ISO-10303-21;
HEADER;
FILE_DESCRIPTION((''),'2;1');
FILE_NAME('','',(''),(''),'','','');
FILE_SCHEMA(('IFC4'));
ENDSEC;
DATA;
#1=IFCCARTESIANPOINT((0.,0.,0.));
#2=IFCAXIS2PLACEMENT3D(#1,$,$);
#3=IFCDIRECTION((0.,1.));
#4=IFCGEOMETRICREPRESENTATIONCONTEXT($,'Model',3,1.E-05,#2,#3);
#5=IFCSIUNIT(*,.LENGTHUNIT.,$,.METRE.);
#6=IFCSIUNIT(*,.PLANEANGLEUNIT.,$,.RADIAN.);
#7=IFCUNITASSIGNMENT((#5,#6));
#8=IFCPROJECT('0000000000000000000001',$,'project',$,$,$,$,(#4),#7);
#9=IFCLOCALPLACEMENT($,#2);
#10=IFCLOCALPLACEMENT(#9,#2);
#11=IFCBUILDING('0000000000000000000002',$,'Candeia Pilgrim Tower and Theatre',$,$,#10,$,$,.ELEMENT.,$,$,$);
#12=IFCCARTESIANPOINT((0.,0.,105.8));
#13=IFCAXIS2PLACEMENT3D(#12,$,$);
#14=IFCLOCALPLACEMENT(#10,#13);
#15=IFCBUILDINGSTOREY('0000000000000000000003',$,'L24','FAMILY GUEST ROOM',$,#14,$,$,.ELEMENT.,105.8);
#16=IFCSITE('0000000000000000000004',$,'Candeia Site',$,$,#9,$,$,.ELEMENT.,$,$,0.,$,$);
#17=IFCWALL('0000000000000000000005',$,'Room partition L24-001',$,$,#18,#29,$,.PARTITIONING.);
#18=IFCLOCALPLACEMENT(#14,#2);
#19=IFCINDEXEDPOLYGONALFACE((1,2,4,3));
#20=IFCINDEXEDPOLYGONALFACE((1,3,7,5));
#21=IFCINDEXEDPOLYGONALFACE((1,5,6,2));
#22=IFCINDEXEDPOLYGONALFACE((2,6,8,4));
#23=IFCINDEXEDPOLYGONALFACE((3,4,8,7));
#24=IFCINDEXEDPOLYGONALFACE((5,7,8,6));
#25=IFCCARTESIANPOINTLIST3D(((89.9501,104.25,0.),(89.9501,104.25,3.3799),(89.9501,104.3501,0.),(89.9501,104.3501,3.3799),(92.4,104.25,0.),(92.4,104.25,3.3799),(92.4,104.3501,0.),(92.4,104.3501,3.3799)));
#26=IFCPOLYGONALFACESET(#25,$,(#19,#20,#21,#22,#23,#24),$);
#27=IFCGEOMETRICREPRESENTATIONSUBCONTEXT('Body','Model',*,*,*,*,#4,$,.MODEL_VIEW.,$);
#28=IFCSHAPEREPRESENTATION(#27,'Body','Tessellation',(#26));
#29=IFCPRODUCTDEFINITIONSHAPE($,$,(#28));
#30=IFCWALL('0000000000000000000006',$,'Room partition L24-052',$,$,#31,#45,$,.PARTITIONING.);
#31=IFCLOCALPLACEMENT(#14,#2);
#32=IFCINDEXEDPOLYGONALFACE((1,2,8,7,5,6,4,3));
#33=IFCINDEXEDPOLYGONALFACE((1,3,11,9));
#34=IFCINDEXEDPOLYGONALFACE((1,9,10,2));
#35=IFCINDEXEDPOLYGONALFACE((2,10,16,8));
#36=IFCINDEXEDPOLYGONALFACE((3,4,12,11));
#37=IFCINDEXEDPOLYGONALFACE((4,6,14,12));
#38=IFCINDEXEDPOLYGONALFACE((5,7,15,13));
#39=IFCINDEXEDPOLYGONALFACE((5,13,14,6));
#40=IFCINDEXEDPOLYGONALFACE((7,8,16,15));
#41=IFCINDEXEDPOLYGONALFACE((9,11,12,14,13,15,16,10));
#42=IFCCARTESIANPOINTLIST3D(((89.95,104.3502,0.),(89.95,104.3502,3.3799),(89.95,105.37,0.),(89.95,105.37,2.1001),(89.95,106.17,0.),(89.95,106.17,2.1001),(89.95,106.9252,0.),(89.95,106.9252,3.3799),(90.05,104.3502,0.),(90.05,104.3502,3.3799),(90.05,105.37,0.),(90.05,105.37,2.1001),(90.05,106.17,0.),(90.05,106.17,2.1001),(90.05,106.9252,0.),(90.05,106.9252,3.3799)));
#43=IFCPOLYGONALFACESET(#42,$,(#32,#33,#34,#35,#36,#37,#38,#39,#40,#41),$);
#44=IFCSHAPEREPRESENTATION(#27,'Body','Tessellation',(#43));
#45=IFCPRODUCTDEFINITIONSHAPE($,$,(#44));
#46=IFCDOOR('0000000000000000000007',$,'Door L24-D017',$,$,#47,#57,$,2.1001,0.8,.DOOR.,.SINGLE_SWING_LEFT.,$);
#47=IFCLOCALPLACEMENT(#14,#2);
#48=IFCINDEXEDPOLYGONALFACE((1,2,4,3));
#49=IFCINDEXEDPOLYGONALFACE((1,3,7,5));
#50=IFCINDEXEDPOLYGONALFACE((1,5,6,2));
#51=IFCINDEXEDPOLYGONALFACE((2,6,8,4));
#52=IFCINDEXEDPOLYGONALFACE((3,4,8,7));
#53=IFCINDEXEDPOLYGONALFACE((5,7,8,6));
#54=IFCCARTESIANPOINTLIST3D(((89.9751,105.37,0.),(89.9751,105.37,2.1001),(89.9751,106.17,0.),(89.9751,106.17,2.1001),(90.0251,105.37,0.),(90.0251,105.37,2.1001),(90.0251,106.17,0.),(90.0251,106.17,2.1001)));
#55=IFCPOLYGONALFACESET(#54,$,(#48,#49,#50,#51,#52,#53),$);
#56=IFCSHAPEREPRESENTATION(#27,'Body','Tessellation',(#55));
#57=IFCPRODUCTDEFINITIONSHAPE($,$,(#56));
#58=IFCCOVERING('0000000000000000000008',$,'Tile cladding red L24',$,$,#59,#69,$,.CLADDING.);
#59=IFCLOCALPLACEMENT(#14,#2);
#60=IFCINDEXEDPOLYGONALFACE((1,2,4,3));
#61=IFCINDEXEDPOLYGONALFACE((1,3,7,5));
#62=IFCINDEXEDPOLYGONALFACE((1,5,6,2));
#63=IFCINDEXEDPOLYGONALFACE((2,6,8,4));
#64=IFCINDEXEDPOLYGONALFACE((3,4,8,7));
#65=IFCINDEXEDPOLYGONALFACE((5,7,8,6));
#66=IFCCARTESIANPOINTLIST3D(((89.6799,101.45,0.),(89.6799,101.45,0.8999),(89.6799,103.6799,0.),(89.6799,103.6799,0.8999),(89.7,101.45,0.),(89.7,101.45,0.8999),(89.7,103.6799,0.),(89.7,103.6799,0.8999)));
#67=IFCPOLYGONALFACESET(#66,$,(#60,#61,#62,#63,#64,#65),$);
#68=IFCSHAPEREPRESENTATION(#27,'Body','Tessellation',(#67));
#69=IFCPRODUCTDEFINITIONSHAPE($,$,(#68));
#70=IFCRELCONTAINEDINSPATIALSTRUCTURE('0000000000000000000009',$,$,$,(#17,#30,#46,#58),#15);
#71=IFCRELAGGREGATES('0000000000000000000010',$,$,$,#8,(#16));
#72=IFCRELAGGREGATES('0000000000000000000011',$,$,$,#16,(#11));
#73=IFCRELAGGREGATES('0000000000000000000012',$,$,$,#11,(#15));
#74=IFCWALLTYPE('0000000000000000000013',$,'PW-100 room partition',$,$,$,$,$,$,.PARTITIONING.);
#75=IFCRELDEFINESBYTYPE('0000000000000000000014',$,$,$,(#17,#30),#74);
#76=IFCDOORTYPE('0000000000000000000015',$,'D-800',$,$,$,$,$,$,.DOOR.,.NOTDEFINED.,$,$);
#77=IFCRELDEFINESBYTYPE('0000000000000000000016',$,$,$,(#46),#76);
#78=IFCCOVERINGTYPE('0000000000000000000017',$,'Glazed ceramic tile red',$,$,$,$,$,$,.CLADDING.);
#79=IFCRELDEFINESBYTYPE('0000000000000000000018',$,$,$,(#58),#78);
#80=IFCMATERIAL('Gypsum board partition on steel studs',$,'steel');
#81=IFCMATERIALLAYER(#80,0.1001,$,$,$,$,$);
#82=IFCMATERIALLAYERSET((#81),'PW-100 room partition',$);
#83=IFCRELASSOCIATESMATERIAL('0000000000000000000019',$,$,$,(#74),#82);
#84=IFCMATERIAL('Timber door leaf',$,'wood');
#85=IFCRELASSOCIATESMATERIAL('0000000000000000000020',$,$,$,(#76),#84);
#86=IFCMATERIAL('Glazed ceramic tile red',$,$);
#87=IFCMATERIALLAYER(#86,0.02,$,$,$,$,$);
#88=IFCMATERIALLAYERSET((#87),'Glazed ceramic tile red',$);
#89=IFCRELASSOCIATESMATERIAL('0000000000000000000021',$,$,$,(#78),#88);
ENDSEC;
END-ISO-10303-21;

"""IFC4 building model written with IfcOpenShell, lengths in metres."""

from ifc_helpers import new_model, si_unit, direction, frame, frame_2d, origin, origin_2d, place, context, subcontext, project, spatial, rectangle, extrude, material, layer, layer_set, type_object, element, fill, save


model = new_model("IFC4")

# Units and contexts
model_context = context("Model", 3, precision=1e-05, world=origin(), true_north=direction((0.0, 1.0)))
body_context = subcontext(model_context, "Body", "Model", "MODEL_VIEW")
ifc_project = project(units=[si_unit("LENGTHUNIT", "METRE"), si_unit("PLANEANGLEUNIT", "RADIAN")], contexts=[model_context])

# Site, building, storey
site_placement = place(None, origin())
site = spatial("IfcSite", under=ifc_project, at=site_placement, Name="Candeia Site", CompositionType="ELEMENT", RefElevation=0.0)
building_placement = place(site_placement, origin())
building = spatial("IfcBuilding", under=site, at=building_placement, Name="Candeia Pilgrim Tower and Theatre", CompositionType="ELEMENT")
storey_placement = place(building_placement, frame((0.0, 0.0, 105.8)))
storey = spatial("IfcBuildingStorey", under=building, at=storey_placement, Name="L24", Description="FAMILY GUEST ROOM", CompositionType="ELEMENT", Elevation=105.8)

# Wall
ifc_material_1 = material(Name="Gypsum board partition on steel studs", Category="steel")
ifc_layer_1 = layer(ifc_material_1, 0.1001)
ifc_layer_set_1 = layer_set([ifc_layer_1], Name="PW-100 room partition")
wall_type_1 = type_object("IfcWallType", Name="PW-100 room partition", PredefinedType="PARTITIONING", material=ifc_layer_set_1)
wall_1_placement = place(storey_placement, frame((89.95, 104.3, 0.0), z_axis=(0.0, 0.0, 1.0), x_axis=(1.0, 0.0, 0.0)))
element("IfcWall", 1, at=wall_1_placement, inside=storey, type_object=wall_type_1, Name="Room partition L24-001", PredefinedType="PARTITIONING", context=body_context, shape_type="SweptSolid", body=[
    extrude(rectangle(XDim=2.45, YDim=0.1001, at=frame_2d((1.2251, 0.0))), origin(), (0.0, 0.0, 1.0), 3.3799),
])

# Wall, opening, door
wall_2_placement = place(storey_placement, frame((90.0, 104.3501, 0.0), z_axis=(0.0, 0.0, 1.0), x_axis=(0.0, 1.0, 0.0)))
wall_2 = element("IfcWall", 2, at=wall_2_placement, inside=storey, type_object=wall_type_1, Name="Room partition L24-052", PredefinedType="PARTITIONING", context=body_context, shape_type="SweptSolid", body=[
    extrude(rectangle(XDim=2.575, YDim=0.1001, at=frame_2d((1.2876, 0.0))), origin(), (0.0, 0.0, 1.0), 3.3799),
])
opening_1_placement = place(wall_2_placement, frame((1.02, 0.0, 0.0)))
opening_1 = element("IfcOpeningElement", 3, at=opening_1_placement, cuts=wall_2, PredefinedType="OPENING", context=body_context, shape_type="SweptSolid", body=[
    extrude(rectangle(XDim=0.8, YDim=2.1001, at=frame_2d((0.3999, 1.05))), frame((0.0, 0.0601, 0.0), z_axis=(0.0, -1.0, 0.0), x_axis=(1.0, 0.0, 0.0)), (0.0, 0.0, 1.0), 0.1201),
])
ifc_material_2 = material(Name="Timber door leaf", Category="wood")
door_type_1 = type_object("IfcDoorType", Name="D-800", OperationType="NOTDEFINED", PredefinedType="DOOR", material=ifc_material_2)
door_1_placement = place(opening_1_placement, origin())
door_1 = element("IfcDoor", 4, at=door_1_placement, inside=storey, type_object=door_type_1, Name="Door L24-D017", OperationType="SINGLE_SWING_LEFT", OverallHeight=2.1001, OverallWidth=0.8, PredefinedType="DOOR", context=body_context, shape_type="SweptSolid", body=[
    extrude(rectangle(XDim=0.8, YDim=2.1001, at=frame_2d((0.3999, 1.05))), frame((0.0, 0.0249, 0.0), z_axis=(0.0, -1.0, 0.0), x_axis=(1.0, 0.0, 0.0)), (0.0, 0.0, 1.0), 0.05),
])
fill(opening_1, door_1)

# Covering
ifc_material_3 = material(Name="Glazed ceramic tile red")
ifc_layer_2 = layer(ifc_material_3, 0.02)
ifc_layer_set_2 = layer_set([ifc_layer_2], Name="Glazed ceramic tile red")
covering_type = type_object("IfcCoveringType", Name="Glazed ceramic tile red", PredefinedType="CLADDING", material=ifc_layer_set_2)
covering_placement = place(storey_placement, frame((89.6899, 102.5649, 0.0), z_axis=(0.0, 0.0, 1.0), x_axis=(0.0, -1.0, 0.0)))
element("IfcCovering", 5, at=covering_placement, inside=storey, type_object=covering_type, Name="Tile cladding red L24", PredefinedType="CLADDING", context=body_context, shape_type="SweptSolid", body=[
    extrude(rectangle(XDim=2.23, YDim=0.02, at=origin_2d()), origin(), (0.0, 0.0, 1.0), 0.8999),
])

save(model, "model.ifc")
